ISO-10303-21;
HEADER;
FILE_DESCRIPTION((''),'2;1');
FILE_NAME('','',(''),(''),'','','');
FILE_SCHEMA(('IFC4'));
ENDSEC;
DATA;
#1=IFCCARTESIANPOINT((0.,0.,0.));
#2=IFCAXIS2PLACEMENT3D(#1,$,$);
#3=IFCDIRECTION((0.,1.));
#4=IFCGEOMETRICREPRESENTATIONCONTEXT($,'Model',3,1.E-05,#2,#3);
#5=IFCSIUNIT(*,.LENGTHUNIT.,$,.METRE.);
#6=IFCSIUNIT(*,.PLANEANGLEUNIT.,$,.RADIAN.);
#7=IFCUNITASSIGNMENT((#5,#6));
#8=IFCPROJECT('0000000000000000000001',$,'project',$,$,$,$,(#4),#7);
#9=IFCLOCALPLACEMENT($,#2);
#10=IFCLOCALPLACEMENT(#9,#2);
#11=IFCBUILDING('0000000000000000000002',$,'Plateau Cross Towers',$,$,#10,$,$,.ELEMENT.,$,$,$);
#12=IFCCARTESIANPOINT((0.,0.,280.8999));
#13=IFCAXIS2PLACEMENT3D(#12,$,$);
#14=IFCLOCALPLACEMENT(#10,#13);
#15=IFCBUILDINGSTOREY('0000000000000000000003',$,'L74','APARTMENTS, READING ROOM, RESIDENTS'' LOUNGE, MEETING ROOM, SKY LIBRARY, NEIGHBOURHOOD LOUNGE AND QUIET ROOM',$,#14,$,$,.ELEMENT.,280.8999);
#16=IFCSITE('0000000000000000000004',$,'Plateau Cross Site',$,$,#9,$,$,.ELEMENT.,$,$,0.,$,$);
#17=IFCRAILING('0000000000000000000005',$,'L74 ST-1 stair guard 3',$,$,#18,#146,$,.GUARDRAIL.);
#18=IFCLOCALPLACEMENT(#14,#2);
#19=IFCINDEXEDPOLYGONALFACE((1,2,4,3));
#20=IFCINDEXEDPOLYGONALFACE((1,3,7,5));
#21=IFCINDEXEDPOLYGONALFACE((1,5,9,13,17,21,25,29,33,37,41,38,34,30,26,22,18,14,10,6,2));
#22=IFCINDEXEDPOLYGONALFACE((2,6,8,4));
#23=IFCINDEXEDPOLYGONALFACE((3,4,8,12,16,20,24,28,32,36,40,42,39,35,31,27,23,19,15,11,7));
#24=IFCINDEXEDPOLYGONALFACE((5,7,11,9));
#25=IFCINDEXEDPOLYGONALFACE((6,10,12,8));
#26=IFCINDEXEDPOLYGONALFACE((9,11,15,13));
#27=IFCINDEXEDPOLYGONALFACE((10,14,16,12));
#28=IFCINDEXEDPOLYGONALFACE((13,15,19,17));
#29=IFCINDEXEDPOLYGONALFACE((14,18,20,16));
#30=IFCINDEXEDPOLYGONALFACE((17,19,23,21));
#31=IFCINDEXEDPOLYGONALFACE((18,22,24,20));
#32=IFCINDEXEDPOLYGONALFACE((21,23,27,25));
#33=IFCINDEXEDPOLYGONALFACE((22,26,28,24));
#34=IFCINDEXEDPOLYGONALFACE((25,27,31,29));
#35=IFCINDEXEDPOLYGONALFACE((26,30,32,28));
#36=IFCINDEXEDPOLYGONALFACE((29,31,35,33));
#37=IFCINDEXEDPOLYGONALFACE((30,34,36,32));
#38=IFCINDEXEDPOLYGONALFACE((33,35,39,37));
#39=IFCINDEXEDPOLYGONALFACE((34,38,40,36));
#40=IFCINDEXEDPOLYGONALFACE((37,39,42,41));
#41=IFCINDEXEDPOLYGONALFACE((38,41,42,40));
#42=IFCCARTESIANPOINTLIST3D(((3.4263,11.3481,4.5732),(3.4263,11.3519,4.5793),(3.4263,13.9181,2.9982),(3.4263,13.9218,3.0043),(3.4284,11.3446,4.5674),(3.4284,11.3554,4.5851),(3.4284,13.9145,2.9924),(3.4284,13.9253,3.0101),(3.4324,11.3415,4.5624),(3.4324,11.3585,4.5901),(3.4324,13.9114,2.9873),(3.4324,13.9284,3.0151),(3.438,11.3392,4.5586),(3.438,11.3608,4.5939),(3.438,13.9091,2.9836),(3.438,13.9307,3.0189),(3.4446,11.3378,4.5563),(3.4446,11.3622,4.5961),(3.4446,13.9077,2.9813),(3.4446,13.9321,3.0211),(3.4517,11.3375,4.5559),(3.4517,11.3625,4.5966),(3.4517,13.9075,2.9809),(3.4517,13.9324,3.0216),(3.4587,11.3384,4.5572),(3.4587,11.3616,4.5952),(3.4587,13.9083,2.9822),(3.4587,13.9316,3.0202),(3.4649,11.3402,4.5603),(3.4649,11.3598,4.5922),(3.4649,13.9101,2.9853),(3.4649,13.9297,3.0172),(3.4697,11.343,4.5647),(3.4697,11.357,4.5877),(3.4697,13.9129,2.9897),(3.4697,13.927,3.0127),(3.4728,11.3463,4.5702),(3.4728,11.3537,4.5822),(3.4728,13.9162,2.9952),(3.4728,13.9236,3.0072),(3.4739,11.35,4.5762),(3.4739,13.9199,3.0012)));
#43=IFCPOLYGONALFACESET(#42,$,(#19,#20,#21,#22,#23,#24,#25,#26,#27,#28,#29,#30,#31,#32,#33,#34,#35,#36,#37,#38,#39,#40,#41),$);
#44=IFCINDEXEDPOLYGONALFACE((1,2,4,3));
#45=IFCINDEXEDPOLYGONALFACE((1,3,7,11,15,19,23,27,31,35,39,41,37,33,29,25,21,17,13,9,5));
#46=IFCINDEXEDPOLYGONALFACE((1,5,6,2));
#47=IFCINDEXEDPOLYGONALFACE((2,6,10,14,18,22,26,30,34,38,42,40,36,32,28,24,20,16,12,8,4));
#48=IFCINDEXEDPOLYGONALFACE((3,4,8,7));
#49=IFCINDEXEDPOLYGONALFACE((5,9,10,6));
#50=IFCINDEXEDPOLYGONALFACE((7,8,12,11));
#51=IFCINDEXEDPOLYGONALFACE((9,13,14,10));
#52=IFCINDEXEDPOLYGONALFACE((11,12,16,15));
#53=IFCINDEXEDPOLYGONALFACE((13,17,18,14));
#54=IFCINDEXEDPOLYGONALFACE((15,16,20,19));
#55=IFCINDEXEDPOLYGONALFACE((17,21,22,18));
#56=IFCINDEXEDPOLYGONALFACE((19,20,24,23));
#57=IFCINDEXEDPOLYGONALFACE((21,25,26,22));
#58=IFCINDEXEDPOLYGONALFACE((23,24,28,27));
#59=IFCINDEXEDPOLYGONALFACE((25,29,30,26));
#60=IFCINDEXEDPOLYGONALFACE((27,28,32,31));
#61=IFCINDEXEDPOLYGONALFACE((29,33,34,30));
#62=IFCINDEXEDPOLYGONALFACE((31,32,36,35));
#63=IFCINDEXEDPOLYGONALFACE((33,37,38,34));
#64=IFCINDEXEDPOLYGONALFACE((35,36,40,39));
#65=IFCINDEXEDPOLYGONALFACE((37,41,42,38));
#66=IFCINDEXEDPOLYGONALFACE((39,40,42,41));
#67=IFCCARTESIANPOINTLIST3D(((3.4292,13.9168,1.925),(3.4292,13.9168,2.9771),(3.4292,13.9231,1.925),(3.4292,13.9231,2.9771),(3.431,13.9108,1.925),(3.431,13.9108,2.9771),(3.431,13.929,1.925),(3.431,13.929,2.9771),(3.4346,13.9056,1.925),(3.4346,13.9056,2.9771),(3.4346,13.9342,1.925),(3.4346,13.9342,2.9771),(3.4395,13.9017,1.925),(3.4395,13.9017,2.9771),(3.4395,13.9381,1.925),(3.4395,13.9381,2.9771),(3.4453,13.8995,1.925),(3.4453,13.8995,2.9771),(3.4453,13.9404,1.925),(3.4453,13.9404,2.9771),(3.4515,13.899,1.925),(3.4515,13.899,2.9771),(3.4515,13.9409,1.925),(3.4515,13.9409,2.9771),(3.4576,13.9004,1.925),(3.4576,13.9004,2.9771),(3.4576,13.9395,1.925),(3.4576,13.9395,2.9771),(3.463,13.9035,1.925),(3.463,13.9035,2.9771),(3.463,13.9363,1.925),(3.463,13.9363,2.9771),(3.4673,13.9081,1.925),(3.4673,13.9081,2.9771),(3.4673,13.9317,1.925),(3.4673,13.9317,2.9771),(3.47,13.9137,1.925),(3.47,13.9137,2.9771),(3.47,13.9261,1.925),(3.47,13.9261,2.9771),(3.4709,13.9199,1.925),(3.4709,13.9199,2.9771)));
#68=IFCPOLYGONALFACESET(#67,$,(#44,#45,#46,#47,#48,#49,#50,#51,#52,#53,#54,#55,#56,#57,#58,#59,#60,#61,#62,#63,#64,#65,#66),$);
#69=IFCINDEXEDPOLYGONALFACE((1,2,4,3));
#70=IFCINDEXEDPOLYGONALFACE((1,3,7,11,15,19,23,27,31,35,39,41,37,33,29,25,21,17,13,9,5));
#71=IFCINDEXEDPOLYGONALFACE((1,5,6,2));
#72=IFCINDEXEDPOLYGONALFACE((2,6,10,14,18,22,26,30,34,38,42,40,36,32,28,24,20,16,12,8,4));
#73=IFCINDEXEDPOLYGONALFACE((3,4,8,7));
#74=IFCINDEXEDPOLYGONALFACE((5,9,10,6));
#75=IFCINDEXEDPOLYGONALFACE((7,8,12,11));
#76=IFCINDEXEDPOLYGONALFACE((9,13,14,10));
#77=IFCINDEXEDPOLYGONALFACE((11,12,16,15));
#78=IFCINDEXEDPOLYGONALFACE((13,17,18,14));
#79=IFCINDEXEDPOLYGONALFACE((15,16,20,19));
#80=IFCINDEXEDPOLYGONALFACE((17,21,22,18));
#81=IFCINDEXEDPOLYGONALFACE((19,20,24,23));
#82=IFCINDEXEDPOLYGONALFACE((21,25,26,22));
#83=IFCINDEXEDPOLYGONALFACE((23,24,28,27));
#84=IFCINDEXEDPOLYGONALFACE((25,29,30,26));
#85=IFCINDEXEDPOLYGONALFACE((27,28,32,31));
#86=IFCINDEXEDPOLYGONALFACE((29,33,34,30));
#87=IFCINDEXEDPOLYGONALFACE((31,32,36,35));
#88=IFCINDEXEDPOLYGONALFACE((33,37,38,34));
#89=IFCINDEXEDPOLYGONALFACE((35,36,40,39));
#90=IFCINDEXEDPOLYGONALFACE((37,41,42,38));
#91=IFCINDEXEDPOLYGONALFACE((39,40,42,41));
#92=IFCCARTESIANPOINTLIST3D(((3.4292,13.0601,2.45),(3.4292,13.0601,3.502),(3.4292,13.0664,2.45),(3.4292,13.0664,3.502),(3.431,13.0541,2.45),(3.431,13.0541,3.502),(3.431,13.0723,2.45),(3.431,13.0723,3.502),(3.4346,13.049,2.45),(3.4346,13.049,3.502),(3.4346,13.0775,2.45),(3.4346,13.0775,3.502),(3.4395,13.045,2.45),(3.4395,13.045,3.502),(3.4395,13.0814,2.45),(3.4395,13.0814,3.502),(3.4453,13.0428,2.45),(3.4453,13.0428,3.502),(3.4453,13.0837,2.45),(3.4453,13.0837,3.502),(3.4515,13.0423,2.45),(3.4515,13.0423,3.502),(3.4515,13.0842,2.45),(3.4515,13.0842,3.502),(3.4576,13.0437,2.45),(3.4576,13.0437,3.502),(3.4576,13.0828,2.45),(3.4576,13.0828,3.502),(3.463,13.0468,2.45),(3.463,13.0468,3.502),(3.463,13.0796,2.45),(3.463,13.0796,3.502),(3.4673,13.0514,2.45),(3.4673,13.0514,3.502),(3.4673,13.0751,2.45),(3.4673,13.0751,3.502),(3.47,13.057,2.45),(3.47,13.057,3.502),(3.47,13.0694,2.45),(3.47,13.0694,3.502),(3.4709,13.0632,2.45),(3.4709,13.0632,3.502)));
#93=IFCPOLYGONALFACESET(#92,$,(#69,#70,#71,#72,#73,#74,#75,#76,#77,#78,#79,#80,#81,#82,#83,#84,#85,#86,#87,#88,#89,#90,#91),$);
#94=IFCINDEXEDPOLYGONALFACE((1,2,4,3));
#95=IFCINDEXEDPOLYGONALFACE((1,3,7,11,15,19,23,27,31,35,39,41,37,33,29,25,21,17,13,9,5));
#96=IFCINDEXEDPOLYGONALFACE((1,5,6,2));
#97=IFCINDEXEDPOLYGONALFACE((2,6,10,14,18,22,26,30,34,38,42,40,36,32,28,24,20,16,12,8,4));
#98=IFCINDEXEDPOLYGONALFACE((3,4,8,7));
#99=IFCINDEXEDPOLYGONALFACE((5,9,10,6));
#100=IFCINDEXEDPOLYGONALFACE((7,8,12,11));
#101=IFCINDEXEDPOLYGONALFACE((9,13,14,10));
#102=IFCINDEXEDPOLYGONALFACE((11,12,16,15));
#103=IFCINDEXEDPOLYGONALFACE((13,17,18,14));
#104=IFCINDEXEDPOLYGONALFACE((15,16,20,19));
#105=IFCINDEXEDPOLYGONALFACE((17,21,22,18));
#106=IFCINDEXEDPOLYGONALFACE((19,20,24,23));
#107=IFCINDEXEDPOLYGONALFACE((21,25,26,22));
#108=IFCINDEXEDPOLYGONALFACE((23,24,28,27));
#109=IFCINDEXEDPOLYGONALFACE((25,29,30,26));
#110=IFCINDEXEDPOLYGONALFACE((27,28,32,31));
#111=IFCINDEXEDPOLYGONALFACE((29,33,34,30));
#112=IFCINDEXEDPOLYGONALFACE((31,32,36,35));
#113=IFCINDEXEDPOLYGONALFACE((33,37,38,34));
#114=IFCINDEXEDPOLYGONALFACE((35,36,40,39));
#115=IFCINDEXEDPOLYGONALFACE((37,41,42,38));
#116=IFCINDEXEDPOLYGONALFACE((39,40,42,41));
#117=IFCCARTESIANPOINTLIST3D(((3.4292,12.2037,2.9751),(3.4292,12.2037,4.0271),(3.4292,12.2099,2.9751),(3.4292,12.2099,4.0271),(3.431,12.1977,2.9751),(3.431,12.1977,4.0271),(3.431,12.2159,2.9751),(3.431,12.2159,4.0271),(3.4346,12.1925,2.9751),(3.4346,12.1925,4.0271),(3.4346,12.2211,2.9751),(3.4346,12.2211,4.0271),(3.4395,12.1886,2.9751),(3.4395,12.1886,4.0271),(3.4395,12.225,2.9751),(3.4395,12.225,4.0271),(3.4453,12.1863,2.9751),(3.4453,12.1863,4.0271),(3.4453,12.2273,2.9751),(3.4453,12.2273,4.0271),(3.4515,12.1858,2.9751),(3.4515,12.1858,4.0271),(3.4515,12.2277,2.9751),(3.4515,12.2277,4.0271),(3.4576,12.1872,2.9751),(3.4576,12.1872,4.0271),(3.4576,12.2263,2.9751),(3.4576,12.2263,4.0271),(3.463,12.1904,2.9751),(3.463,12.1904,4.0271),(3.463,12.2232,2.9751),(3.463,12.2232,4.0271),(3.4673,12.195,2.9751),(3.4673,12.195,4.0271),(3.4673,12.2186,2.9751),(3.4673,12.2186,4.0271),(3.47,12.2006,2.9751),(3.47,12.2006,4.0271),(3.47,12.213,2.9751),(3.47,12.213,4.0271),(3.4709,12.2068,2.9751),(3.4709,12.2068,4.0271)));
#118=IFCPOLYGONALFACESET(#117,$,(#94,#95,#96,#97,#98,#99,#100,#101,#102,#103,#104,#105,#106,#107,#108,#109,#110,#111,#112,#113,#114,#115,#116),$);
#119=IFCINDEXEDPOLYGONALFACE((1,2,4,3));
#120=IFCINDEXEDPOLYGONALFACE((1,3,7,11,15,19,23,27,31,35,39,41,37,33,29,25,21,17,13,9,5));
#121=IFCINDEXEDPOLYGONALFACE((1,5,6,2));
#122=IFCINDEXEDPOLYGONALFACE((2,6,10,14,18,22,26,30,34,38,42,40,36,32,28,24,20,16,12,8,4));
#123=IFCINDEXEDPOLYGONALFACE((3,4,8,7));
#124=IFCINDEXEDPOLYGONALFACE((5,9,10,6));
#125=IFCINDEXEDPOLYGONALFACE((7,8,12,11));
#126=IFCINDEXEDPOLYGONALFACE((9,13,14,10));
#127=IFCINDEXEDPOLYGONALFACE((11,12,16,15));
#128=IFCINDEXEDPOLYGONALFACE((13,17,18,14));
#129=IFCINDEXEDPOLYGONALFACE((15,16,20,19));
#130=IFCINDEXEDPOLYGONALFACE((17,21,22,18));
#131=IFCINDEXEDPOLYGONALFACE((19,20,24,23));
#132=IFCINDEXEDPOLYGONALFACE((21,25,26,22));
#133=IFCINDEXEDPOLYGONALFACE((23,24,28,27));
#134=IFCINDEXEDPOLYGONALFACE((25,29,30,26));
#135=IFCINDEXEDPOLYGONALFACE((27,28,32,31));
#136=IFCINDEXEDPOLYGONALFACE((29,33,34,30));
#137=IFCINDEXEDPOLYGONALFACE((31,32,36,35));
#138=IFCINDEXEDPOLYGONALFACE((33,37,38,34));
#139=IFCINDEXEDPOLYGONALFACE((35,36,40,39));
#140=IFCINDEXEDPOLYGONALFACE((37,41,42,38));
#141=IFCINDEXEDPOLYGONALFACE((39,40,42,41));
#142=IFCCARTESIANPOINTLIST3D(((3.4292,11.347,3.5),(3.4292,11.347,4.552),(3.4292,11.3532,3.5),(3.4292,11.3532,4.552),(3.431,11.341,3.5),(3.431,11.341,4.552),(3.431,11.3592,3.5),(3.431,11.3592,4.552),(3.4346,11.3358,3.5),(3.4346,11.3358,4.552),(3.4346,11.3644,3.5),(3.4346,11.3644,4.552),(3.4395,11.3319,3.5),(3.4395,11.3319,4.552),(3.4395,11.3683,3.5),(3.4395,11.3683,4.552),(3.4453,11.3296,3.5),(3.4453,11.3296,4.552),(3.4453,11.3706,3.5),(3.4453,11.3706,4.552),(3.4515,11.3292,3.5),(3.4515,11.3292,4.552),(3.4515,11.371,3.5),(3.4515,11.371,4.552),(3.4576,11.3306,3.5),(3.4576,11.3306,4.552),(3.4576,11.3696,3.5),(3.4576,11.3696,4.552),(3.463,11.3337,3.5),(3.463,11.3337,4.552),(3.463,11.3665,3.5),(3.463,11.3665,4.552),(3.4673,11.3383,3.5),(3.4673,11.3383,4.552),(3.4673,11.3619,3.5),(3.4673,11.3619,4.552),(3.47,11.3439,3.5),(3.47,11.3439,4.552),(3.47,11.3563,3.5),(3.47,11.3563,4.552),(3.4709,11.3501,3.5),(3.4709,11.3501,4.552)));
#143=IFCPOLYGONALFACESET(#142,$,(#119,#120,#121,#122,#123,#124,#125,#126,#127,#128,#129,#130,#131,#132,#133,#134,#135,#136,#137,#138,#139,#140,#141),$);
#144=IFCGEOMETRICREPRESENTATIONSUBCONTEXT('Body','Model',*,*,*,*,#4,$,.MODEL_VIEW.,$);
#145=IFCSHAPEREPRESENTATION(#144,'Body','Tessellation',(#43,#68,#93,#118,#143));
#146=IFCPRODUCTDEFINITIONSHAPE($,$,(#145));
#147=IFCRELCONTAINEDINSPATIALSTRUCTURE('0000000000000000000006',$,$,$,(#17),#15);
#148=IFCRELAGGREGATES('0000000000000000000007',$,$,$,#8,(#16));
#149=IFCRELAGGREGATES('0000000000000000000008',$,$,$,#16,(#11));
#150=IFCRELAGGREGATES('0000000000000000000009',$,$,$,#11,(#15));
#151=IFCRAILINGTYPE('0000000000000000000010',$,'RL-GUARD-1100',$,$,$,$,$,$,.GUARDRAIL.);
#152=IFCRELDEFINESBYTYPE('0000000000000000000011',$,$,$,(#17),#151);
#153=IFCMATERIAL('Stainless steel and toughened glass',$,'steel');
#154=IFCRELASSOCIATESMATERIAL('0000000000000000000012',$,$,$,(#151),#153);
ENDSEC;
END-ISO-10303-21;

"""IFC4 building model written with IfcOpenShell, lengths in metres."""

from ifc_helpers import new_model, si_unit, direction, frame, origin, origin_2d, place, context, subcontext, project, spatial, circle, extrude, material, type_object, element, save


model = new_model("IFC4")

# Units and contexts
model_context = context("Model", 3, precision=1e-05, world=origin(), true_north=direction((0.0, 1.0)))
body_context = subcontext(model_context, "Body", "Model", "MODEL_VIEW")
ifc_project = project(units=[si_unit("LENGTHUNIT", "METRE"), si_unit("PLANEANGLEUNIT", "RADIAN")], contexts=[model_context])

# Site, building, storey
site_placement = place(None, origin())
site = spatial("IfcSite", under=ifc_project, at=site_placement, Name="Plateau Cross Site", CompositionType="ELEMENT", RefElevation=0.0)
building_placement = place(site_placement, origin())
building = spatial("IfcBuilding", under=site, at=building_placement, Name="Plateau Cross Towers", CompositionType="ELEMENT")
storey_placement = place(building_placement, frame((0.0, 0.0, 280.8999)))
storey = spatial("IfcBuildingStorey", under=building, at=storey_placement, Name="L74", Description="APARTMENTS, READING ROOM, RESIDENTS' LOUNGE, MEETING ROOM, SKY LIBRARY, NEIGHBOURHOOD LOUNGE AND QUIET ROOM", CompositionType="ELEMENT", Elevation=280.8999)

# Railing
ifc_material_1 = material(Name="Stainless steel and toughened glass", Category="steel")
railing_type_1 = type_object("IfcRailingType", Name="RL-GUARD-1100", PredefinedType="GUARDRAIL", material=ifc_material_1)
railing_1_placement = place(storey_placement, frame((3.45, 13.9199, 1.925)))
element("IfcRailing", 1, at=railing_1_placement, inside=storey, type_object=railing_type_1, Name="L74 ST-1 stair guard 3", PredefinedType="GUARDRAIL", context=body_context, shape_type="SweptSolid", body=[
    extrude(circle(Radius=0.0239, at=origin_2d()), frame((0.0, 0.0, 1.0762), z_axis=(0.0, -0.852616, 0.522537), x_axis=(1.0, 0.0, 0.0)), (0.0, 0.0, 1.0), 3.0142),
    extrude(circle(Radius=0.021, at=origin_2d()), origin(), (0.0, 0.0, 1.0), 1.052),
    extrude(circle(Radius=0.021, at=origin_2d()), frame((0.0, -0.8567, 0.5249)), (0.0, 0.0, 1.0), 1.052),
    extrude(circle(Radius=0.021, at=origin_2d()), frame((0.0, -1.7131, 1.05)), (0.0, 0.0, 1.0), 1.052),
    extrude(circle(Radius=0.021, at=origin_2d()), frame((0.0, -2.5698, 1.575)), (0.0, 0.0, 1.0), 1.052),
])

save(model, "model.ifc")
